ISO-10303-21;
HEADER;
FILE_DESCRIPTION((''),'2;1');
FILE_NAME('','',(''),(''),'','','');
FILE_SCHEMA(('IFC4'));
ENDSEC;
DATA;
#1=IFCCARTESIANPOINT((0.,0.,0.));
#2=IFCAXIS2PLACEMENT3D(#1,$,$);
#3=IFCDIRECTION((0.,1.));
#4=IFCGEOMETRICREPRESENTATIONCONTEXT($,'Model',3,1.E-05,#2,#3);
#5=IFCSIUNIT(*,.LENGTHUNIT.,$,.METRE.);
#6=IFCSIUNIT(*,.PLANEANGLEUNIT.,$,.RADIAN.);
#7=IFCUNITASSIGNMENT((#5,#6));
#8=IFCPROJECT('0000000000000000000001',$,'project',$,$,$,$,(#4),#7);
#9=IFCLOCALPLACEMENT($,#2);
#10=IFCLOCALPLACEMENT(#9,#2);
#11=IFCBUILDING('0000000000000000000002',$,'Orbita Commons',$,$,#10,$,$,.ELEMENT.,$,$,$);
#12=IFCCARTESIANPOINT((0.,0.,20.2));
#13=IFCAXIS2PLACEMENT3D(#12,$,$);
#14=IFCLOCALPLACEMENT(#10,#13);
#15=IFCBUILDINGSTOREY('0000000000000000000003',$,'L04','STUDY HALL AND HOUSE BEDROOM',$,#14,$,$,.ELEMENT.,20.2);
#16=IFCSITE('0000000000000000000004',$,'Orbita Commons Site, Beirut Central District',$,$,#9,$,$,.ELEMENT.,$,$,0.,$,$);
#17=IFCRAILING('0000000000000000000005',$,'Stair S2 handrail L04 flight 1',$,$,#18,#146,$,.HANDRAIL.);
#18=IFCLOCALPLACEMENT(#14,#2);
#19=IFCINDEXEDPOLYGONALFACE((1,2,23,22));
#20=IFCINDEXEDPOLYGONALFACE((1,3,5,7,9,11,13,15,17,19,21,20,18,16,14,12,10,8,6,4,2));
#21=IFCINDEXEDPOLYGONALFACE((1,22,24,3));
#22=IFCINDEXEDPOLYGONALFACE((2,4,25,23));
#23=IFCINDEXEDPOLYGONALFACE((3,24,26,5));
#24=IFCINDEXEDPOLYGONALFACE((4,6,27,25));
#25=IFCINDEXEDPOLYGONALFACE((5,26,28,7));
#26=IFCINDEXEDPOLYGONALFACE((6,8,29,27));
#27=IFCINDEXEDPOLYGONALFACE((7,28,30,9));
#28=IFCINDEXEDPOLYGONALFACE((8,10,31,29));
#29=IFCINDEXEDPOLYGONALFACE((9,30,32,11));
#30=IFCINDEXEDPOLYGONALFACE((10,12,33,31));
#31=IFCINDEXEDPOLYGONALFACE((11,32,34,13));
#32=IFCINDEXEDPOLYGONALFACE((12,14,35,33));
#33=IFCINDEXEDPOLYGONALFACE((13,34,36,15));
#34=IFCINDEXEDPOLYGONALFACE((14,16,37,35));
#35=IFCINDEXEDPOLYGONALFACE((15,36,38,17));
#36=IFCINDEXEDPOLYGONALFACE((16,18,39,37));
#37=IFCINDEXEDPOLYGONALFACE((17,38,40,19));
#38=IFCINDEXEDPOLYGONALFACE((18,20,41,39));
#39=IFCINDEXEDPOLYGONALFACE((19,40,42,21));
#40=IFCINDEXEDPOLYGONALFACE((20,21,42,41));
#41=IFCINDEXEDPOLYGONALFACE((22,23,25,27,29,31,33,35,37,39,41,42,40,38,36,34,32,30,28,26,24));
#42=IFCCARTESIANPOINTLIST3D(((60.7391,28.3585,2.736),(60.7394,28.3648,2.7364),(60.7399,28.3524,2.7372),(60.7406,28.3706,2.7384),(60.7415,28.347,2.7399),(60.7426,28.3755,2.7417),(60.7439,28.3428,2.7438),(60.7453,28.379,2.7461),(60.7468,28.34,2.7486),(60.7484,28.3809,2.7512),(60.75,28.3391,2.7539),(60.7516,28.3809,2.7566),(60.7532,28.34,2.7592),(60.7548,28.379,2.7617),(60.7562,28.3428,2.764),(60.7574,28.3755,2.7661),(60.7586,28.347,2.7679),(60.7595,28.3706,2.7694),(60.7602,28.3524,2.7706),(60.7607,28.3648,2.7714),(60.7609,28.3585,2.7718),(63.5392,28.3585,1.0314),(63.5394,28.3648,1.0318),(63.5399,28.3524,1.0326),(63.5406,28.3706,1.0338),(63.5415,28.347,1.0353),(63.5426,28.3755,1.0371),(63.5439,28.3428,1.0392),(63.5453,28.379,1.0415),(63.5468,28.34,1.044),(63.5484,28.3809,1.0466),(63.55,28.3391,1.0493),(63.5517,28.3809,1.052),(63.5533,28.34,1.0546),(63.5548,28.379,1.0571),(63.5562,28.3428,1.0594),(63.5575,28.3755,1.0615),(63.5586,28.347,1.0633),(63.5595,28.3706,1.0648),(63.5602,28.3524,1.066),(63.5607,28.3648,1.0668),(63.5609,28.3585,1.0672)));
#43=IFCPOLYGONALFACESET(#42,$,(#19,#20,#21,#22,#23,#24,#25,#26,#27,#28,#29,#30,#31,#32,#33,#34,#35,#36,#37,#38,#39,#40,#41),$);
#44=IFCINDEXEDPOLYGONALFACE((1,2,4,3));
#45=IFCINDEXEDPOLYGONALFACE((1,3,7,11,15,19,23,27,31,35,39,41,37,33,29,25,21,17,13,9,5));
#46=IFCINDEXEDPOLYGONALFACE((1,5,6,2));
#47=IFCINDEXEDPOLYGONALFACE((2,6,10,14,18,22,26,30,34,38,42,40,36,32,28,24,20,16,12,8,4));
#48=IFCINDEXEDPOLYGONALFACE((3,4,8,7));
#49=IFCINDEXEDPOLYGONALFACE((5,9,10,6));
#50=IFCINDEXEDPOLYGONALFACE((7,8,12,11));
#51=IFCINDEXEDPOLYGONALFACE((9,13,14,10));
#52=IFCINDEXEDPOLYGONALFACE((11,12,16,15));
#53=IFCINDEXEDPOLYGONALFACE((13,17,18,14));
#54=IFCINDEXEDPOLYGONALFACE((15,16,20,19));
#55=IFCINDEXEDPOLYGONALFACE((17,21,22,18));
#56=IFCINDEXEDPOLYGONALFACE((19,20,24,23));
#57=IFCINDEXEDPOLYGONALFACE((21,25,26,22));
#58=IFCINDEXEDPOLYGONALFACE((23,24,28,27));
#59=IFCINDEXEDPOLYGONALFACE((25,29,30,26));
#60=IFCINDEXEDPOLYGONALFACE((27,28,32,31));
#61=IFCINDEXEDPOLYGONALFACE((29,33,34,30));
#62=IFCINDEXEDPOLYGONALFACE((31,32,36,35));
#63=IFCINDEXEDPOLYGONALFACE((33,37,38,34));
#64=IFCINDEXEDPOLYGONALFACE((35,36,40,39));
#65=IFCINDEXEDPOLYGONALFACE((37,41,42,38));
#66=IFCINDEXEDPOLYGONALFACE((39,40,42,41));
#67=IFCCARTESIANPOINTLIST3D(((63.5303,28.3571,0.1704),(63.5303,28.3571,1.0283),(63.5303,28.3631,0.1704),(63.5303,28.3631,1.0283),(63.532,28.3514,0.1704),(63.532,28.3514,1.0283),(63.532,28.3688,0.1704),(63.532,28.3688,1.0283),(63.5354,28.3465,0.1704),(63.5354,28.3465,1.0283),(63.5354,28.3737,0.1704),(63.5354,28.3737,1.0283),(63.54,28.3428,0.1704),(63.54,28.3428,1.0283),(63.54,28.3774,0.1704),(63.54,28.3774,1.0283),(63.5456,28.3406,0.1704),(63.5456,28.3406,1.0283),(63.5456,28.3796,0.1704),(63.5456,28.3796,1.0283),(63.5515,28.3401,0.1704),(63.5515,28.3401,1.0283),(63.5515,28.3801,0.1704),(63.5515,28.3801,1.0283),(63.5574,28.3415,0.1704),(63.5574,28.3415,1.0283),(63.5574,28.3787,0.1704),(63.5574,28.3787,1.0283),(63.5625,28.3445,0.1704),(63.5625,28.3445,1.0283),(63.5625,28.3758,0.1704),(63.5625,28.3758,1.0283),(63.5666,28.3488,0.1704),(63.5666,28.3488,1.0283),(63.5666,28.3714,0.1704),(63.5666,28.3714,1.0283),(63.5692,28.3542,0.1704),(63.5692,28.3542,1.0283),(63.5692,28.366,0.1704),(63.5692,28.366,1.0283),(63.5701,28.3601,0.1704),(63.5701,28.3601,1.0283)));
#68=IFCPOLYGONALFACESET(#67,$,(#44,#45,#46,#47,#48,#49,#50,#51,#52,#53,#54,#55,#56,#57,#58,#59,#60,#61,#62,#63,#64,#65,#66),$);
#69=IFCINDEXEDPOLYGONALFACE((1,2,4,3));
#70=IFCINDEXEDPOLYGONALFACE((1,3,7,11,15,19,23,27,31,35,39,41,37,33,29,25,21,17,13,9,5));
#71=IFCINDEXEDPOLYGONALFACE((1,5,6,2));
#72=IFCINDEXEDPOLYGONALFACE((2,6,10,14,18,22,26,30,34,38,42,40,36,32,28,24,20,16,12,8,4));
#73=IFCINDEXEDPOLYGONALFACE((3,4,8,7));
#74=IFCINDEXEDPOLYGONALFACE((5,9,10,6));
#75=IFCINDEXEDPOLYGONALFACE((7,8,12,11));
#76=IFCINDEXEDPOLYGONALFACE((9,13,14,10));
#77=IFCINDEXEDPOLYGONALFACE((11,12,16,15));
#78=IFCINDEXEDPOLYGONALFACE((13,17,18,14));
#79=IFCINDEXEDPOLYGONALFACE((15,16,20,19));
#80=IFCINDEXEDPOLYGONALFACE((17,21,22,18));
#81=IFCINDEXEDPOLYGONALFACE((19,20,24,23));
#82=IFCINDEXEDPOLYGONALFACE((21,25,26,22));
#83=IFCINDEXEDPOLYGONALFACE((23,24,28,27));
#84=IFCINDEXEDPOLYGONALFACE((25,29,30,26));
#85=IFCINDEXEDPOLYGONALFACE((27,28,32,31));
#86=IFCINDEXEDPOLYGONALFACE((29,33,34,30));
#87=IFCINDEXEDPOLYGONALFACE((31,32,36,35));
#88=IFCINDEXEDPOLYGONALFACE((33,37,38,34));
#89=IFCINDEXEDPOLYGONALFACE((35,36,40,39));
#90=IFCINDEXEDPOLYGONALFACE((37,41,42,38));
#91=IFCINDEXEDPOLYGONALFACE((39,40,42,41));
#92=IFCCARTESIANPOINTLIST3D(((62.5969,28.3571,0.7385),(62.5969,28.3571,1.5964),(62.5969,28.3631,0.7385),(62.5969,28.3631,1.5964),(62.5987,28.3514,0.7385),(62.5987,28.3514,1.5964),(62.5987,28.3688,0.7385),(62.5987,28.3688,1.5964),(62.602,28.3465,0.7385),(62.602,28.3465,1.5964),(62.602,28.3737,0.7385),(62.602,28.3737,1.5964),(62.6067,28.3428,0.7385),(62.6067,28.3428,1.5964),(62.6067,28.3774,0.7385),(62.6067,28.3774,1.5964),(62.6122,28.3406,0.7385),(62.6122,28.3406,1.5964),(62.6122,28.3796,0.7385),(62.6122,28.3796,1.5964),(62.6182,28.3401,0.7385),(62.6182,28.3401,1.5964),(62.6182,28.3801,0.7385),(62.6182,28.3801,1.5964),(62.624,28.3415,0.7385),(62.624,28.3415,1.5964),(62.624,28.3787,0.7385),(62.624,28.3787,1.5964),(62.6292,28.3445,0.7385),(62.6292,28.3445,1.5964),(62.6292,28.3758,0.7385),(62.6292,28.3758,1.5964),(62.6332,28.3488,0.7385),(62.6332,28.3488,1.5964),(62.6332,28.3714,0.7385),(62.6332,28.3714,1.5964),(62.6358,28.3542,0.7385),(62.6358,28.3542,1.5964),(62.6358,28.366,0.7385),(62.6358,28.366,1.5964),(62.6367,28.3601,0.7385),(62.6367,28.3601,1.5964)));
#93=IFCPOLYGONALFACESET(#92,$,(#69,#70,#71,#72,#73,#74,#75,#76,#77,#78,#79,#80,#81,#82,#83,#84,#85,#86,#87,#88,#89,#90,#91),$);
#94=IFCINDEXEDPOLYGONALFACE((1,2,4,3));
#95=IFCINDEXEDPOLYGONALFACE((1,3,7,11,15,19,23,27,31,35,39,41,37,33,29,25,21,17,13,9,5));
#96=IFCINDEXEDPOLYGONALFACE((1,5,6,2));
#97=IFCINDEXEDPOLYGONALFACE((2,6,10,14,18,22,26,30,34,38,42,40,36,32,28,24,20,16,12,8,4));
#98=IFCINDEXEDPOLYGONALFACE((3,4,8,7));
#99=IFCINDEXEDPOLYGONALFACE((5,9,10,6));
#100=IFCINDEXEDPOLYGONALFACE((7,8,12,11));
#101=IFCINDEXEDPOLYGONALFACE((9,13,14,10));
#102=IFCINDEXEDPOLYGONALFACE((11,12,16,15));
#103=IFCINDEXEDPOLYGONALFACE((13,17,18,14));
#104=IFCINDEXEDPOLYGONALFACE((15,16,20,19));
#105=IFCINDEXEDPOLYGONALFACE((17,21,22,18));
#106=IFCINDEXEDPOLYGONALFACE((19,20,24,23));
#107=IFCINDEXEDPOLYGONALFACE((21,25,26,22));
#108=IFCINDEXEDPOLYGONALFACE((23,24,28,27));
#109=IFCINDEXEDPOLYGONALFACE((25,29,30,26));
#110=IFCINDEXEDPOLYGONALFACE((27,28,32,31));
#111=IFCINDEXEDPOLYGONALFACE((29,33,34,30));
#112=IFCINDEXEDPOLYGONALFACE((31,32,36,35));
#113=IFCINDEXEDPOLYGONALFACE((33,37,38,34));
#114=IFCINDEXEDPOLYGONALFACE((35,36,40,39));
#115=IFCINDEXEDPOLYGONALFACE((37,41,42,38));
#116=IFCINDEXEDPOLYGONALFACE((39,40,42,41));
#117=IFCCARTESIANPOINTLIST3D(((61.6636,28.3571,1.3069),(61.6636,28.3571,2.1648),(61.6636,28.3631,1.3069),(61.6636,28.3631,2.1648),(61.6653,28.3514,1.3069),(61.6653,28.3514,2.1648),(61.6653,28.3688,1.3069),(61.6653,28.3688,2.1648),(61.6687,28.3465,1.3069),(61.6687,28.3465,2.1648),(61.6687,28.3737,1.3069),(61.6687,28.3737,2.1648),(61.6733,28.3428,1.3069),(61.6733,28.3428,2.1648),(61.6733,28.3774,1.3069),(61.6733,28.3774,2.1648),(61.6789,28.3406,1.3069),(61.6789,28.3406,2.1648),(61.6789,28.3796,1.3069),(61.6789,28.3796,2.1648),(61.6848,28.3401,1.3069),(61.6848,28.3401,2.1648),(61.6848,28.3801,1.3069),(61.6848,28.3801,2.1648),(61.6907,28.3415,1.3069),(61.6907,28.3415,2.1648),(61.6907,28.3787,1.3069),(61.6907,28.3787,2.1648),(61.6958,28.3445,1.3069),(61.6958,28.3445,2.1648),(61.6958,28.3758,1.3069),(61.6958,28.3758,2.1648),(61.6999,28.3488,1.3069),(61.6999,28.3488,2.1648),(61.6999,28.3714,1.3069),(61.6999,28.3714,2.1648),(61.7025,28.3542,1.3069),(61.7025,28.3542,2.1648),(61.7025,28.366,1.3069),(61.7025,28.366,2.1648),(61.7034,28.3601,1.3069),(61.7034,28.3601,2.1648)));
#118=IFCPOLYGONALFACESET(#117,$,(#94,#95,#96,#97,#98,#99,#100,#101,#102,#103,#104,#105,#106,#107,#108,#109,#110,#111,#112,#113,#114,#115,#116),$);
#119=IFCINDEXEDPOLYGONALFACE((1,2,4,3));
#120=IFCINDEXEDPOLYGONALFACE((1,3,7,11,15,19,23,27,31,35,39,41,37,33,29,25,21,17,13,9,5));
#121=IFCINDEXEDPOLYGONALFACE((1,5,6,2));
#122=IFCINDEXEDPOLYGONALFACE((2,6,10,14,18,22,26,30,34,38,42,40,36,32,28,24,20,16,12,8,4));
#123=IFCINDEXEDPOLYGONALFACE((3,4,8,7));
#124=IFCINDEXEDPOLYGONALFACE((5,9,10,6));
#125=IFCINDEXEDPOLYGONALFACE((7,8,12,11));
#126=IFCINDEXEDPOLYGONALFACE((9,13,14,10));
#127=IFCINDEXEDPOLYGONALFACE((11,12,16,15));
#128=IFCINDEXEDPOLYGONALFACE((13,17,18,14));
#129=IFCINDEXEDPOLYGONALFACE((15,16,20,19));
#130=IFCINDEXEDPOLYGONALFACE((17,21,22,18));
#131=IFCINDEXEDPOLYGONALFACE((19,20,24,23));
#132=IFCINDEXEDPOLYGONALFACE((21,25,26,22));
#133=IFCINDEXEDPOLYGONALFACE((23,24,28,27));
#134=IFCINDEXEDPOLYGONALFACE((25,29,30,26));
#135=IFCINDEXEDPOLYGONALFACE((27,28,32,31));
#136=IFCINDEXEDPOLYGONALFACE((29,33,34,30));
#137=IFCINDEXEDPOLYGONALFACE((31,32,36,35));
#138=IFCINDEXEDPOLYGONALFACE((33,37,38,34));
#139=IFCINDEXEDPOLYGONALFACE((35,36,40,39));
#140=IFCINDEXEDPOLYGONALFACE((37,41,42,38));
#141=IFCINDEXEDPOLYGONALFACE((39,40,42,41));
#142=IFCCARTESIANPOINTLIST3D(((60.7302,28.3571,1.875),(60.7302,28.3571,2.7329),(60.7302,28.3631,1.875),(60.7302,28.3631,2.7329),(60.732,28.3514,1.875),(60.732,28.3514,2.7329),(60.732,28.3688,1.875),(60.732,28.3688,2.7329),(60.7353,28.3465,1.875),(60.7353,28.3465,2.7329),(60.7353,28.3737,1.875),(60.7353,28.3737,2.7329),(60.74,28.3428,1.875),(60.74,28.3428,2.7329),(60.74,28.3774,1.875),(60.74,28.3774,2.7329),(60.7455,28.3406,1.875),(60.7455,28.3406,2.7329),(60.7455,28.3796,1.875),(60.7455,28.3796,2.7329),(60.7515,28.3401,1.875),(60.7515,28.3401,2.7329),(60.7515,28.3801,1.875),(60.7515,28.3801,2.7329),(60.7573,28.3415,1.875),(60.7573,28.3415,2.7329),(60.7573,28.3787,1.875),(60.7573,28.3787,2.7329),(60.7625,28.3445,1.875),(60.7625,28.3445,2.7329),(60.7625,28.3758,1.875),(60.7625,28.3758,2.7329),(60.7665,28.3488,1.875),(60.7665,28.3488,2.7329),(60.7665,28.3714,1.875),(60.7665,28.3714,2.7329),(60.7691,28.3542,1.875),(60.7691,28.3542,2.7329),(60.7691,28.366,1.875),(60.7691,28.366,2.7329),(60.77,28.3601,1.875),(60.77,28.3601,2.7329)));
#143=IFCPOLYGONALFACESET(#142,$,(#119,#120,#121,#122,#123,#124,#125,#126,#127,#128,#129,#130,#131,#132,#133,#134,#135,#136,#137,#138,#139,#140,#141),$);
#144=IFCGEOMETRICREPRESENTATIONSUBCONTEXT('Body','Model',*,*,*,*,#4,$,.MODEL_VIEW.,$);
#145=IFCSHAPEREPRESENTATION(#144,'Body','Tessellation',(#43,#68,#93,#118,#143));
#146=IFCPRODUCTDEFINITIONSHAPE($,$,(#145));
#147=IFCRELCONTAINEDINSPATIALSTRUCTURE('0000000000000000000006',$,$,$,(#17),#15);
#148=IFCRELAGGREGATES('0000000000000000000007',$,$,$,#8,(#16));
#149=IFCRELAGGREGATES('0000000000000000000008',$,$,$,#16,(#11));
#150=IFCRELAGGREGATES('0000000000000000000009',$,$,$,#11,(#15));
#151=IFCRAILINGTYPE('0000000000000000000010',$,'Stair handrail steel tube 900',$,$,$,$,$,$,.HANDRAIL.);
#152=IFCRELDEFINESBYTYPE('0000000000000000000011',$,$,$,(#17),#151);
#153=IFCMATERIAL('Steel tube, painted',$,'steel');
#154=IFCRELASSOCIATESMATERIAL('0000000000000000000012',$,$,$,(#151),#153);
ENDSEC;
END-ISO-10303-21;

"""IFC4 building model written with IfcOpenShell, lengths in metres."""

from ifc_helpers import new_model, si_unit, direction, frame, origin, origin_2d, place, context, subcontext, project, spatial, circle, extrude, material, type_object, element, save


model = new_model("IFC4")

# Units and contexts
model_context = context("Model", 3, precision=1e-05, world=origin(), true_north=direction((0.0, 1.0)))
body_context = subcontext(model_context, "Body", "Model", "MODEL_VIEW")
ifc_project = project(units=[si_unit("LENGTHUNIT", "METRE"), si_unit("PLANEANGLEUNIT", "RADIAN")], contexts=[model_context])

# Site, building, storey
site_placement = place(None, origin())
site = spatial("IfcSite", under=ifc_project, at=site_placement, Name="Orbita Commons Site, Beirut Central District", CompositionType="ELEMENT", RefElevation=0.0)
building_placement = place(site_placement, origin())
building = spatial("IfcBuilding", under=site, at=building_placement, Name="Orbita Commons", CompositionType="ELEMENT")
storey_placement = place(building_placement, frame((0.0, 0.0, 20.2)))
storey = spatial("IfcBuildingStorey", under=building, at=storey_placement, Name="L04", Description="STUDY HALL AND HOUSE BEDROOM", CompositionType="ELEMENT", Elevation=20.2)

# Railing
ifc_material_1 = material(Name="Steel tube, painted", Category="steel")
railing_type = type_object("IfcRailingType", Name="Stair handrail steel tube 900", PredefinedType="HANDRAIL", material=ifc_material_1)
for number, where, name in (
    (1, (63.55, 28.3601, 0.1704), "Stair S2 handrail L04 flight 1"),
):
    element("IfcRailing", number, at=place(storey_placement, frame(where)), inside=storey, type_object=railing_type, Name=name, PredefinedType="HANDRAIL", context=body_context, shape_type="SweptSolid", body=[
        extrude(circle(Radius=0.021, at=origin_2d()), frame((0.0, 0.0, 0.8789), z_axis=(-0.85417, 0.0, 0.519994), x_axis=(0.0, -1.0, 0.0)), (0.0, 0.0, 1.0), 3.2781),
        extrude(circle(Radius=0.02, at=origin_2d()), origin(), (0.0, 0.0, 1.0), 0.8579),
        extrude(circle(Radius=0.02, at=origin_2d()), frame((-0.9333, 0.0, 0.5681)), (0.0, 0.0, 1.0), 0.8579),
        extrude(circle(Radius=0.02, at=origin_2d()), frame((-1.8667, 0.0, 1.1365)), (0.0, 0.0, 1.0), 0.8579),
        extrude(circle(Radius=0.02, at=origin_2d()), frame((-2.8, 0.0, 1.7046)), (0.0, 0.0, 1.0), 0.8579),
    ])

save(model, "model.ifc")
